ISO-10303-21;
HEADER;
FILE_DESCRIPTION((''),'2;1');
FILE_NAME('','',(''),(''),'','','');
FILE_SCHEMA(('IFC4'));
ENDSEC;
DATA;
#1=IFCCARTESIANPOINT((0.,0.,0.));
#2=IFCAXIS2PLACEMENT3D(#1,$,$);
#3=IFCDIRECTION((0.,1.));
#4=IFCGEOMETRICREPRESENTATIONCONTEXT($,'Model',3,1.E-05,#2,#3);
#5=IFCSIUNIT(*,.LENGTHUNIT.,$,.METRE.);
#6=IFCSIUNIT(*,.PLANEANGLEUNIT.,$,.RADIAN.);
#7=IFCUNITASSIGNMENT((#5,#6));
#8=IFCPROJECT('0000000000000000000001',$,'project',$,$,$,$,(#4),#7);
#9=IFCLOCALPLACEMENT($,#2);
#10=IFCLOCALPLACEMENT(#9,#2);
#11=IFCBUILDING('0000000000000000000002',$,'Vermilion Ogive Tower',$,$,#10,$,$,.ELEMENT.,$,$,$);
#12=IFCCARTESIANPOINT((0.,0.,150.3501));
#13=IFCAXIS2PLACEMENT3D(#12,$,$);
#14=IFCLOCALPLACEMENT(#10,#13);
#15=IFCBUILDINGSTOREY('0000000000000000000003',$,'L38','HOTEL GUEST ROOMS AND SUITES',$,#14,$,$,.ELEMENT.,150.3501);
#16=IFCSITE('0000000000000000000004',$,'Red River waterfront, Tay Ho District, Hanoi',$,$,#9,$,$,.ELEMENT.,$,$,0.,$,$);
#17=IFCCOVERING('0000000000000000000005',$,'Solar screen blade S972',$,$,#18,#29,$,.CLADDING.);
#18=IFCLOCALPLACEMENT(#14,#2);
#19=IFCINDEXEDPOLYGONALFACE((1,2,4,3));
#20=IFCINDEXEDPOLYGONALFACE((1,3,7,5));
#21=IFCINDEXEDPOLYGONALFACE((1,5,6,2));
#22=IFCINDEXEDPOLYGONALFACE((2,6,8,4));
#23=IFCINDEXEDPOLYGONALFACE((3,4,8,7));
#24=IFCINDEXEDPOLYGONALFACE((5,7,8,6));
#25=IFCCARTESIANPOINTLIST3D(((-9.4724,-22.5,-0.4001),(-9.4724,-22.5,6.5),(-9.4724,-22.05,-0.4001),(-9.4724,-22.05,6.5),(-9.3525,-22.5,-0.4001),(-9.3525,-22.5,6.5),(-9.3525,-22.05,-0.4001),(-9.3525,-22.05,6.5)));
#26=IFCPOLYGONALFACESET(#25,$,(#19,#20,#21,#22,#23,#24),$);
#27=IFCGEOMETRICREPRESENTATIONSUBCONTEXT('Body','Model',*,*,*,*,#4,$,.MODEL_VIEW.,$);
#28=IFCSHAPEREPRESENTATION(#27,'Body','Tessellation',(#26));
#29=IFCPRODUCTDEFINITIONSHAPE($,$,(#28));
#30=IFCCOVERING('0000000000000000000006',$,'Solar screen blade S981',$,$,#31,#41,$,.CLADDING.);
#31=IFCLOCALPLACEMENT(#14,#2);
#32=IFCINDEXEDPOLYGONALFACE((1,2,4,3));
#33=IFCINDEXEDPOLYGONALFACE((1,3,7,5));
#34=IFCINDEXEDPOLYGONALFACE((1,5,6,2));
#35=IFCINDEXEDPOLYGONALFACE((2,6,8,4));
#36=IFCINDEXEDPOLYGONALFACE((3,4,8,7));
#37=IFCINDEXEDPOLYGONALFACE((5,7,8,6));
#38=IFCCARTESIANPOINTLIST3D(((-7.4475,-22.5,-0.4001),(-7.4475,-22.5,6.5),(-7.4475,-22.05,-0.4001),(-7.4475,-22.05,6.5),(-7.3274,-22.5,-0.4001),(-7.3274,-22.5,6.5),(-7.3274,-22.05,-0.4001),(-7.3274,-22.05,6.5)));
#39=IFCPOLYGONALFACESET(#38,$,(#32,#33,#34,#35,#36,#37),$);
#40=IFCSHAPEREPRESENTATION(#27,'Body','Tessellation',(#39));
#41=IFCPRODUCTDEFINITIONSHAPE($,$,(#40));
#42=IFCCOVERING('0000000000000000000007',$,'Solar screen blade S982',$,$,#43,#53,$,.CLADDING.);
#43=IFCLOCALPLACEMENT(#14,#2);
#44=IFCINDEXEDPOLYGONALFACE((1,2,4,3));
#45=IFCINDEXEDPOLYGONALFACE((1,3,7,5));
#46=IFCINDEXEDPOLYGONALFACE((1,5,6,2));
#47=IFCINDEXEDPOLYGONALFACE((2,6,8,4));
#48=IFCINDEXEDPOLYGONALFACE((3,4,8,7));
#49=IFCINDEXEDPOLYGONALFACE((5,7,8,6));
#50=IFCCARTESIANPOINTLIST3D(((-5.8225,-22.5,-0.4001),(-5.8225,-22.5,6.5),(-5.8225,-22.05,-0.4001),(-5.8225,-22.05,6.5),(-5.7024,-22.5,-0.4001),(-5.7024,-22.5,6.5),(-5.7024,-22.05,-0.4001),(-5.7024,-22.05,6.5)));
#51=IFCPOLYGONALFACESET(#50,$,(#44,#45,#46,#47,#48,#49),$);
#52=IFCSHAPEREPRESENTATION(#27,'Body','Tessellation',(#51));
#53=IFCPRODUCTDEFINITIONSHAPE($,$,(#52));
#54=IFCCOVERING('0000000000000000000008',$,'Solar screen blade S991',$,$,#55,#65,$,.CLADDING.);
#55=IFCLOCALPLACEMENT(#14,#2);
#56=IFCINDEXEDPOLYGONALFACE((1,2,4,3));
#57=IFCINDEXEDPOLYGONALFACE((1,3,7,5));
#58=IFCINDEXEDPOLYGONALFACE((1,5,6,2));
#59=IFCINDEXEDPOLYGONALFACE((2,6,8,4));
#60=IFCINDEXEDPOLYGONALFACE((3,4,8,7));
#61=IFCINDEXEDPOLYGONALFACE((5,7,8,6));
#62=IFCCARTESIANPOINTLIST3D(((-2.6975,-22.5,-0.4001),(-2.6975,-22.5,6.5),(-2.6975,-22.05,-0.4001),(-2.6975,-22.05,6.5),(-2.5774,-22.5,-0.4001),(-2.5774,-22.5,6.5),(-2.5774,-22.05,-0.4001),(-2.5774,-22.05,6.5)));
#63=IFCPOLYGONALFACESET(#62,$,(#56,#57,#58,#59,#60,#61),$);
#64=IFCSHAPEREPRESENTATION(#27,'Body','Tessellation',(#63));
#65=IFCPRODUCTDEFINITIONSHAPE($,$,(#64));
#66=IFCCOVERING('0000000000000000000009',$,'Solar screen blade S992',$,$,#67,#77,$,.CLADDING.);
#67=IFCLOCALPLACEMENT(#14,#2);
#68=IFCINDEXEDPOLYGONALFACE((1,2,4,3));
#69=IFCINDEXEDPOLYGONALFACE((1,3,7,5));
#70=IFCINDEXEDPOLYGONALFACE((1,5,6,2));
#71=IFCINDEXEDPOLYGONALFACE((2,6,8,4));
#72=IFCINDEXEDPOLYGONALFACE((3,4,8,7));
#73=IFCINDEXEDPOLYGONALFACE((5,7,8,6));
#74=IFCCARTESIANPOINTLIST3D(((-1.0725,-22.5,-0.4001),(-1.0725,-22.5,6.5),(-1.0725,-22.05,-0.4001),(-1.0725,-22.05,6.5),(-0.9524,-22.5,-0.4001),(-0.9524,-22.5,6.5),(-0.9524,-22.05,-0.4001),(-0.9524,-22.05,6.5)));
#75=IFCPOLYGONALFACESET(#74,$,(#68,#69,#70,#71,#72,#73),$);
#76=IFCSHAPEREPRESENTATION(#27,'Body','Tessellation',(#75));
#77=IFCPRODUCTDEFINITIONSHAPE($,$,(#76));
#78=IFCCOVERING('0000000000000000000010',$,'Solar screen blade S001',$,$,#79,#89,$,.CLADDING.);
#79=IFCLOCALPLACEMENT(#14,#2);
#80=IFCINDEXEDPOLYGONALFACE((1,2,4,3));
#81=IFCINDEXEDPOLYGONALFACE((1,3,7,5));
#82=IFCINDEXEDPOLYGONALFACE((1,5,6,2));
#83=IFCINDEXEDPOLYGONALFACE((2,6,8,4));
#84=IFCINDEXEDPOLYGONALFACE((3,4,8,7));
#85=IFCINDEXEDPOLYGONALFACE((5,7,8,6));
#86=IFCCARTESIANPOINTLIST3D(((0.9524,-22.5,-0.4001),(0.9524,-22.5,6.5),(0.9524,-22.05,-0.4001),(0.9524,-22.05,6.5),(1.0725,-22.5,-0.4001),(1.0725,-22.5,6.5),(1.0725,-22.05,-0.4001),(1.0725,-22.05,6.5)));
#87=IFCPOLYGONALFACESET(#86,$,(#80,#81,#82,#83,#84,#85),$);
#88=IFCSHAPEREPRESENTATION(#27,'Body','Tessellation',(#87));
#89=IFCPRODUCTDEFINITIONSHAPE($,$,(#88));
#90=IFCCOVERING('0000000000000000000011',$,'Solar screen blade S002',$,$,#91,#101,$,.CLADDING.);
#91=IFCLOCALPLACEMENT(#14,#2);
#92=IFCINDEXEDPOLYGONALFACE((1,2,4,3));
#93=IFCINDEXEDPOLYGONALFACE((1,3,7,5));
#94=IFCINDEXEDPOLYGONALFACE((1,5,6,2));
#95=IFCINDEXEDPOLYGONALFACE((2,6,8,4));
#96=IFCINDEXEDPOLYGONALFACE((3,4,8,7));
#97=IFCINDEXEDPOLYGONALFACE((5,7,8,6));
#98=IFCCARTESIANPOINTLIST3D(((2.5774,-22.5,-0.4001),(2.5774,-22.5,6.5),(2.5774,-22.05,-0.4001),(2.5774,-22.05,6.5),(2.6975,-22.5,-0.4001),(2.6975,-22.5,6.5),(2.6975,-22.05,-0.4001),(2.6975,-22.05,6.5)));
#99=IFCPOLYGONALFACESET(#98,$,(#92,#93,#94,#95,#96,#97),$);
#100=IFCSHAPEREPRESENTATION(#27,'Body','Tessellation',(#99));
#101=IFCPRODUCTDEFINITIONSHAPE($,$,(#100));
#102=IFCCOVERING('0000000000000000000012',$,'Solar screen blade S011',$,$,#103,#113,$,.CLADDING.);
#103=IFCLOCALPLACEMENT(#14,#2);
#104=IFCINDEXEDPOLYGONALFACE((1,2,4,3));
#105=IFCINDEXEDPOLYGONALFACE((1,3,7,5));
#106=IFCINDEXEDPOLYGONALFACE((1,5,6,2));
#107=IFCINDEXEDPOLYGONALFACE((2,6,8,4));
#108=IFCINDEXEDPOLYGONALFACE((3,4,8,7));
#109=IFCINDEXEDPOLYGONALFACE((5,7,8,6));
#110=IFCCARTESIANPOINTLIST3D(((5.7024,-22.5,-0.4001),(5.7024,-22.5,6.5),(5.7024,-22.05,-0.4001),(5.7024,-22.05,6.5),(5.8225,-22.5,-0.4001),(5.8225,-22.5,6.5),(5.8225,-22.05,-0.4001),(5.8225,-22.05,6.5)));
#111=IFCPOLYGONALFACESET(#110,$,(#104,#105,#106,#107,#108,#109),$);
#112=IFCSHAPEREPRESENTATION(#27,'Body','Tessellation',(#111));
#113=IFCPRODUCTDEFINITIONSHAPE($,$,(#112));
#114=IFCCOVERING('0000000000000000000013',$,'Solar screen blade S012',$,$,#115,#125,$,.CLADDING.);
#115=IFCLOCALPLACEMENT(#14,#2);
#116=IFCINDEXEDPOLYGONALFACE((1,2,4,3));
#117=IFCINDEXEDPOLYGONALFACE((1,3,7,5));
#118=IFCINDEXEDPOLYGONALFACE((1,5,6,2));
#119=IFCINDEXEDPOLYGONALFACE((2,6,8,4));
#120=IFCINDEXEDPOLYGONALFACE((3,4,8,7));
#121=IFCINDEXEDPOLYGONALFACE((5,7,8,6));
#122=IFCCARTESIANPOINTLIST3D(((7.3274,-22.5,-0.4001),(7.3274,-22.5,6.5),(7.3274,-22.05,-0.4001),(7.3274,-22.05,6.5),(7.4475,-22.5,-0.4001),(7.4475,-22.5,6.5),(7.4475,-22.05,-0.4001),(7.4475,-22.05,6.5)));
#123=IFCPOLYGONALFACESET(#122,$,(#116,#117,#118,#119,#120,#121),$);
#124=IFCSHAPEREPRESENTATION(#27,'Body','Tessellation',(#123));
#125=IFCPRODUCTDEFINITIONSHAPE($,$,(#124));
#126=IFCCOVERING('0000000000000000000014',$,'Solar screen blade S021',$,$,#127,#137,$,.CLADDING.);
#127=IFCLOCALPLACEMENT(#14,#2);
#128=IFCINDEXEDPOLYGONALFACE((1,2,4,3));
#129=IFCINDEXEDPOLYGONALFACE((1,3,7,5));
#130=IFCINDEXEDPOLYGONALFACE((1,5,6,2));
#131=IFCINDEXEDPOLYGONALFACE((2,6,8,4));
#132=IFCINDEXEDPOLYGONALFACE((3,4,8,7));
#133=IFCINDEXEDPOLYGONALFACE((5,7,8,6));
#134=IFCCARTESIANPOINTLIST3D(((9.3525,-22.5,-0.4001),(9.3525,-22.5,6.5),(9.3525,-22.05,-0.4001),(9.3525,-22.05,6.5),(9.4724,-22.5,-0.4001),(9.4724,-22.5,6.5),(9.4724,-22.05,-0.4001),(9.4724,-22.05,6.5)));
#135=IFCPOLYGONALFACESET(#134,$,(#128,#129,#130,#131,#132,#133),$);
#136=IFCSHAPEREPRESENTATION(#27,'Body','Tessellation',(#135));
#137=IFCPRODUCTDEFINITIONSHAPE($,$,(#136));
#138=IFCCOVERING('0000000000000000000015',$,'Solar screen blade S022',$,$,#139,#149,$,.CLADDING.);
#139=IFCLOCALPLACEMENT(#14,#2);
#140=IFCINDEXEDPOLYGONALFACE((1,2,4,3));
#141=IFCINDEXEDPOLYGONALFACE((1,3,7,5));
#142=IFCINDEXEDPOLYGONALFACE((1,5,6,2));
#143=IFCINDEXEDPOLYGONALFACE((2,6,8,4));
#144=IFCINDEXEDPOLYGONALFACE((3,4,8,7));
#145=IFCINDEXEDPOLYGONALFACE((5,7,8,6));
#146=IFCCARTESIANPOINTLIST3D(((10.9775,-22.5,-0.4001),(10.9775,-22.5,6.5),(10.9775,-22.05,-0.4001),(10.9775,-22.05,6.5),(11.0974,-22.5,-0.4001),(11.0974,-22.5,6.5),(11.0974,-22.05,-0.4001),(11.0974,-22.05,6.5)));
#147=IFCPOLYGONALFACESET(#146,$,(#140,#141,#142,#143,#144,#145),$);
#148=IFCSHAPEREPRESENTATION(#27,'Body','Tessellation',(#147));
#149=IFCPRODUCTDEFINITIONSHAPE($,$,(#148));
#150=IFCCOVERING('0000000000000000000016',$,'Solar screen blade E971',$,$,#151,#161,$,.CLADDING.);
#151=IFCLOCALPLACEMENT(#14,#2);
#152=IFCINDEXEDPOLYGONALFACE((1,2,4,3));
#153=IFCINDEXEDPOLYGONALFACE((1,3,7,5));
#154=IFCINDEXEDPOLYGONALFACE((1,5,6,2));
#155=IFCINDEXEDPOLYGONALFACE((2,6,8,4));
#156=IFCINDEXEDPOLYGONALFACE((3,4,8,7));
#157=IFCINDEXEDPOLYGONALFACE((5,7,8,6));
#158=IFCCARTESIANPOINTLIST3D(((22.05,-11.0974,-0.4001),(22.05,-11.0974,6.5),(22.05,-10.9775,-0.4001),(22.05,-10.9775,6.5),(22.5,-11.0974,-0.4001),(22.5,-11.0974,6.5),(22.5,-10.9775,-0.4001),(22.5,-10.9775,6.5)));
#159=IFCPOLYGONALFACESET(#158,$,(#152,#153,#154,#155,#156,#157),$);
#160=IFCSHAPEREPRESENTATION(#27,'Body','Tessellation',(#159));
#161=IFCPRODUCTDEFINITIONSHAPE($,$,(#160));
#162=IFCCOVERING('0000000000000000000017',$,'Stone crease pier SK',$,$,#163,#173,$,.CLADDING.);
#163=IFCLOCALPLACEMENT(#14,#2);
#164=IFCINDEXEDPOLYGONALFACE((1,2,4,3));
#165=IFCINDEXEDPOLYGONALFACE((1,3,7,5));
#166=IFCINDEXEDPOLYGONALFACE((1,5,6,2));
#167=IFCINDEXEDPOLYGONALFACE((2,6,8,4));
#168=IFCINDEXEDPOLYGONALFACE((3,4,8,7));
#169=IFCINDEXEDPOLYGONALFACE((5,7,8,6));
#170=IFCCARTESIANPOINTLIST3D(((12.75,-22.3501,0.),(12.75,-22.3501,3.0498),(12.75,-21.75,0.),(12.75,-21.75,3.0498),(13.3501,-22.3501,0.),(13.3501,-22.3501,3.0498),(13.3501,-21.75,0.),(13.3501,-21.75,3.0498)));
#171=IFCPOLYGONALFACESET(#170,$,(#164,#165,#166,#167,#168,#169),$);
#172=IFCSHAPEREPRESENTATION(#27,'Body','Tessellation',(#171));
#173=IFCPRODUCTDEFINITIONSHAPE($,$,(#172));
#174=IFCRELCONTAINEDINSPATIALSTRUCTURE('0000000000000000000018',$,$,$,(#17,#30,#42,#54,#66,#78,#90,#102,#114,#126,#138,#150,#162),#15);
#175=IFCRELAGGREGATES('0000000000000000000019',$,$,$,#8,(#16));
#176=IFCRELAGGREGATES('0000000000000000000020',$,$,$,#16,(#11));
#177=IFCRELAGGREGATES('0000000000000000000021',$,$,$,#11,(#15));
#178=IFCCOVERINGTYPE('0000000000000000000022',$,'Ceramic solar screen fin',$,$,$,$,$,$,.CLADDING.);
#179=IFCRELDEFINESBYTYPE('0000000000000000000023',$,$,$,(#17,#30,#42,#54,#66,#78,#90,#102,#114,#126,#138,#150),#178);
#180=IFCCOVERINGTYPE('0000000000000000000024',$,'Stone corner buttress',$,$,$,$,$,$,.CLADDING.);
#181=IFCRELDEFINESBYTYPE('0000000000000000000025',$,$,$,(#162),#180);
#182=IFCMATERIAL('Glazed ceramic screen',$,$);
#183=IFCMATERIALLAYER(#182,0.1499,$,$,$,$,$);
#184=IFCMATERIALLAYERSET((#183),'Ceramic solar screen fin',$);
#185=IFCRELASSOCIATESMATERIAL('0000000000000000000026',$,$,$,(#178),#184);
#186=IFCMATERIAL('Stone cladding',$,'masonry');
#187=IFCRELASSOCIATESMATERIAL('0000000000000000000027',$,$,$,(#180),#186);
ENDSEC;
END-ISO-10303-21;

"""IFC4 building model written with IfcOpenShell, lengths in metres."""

from ifc_helpers import new_model, si_unit, direction, frame, origin, place, context, subcontext, project, spatial, polyline, outline, extrude, material, layer, layer_set, type_object, element, save


model = new_model("IFC4")

# Units and contexts
model_context = context("Model", 3, precision=1e-05, world=origin(), true_north=direction((0.0, 1.0)))
body_context = subcontext(model_context, "Body", "Model", "MODEL_VIEW")
ifc_project = project(units=[si_unit("LENGTHUNIT", "METRE"), si_unit("PLANEANGLEUNIT", "RADIAN")], contexts=[model_context])

# Site, building, storey
site_placement = place(None, origin())
site = spatial("IfcSite", under=ifc_project, at=site_placement, Name="Red River waterfront, Tay Ho District, Hanoi", CompositionType="ELEMENT", RefElevation=0.0)
building_placement = place(site_placement, origin())
building = spatial("IfcBuilding", under=site, at=building_placement, Name="Vermilion Ogive Tower", CompositionType="ELEMENT")
storey_placement = place(building_placement, frame((0.0, 0.0, 150.3501)))
storey = spatial("IfcBuildingStorey", under=building, at=storey_placement, Name="L38", Description="HOTEL GUEST ROOMS AND SUITES", CompositionType="ELEMENT", Elevation=150.3501)

# Coverings
ifc_material_1 = material(Name="Glazed ceramic screen")
ifc_layer = layer(ifc_material_1, 0.1499)
ifc_layer_set = layer_set([ifc_layer], Name="Ceramic solar screen fin")
covering_type_1 = type_object("IfcCoveringType", Name="Ceramic solar screen fin", PredefinedType="CLADDING", material=ifc_layer_set)
covering_1_placement = place(storey_placement, frame((0.0, 0.0, -0.4001)))
element("IfcCovering", 1, at=covering_1_placement, inside=storey, type_object=covering_type_1, Name="Solar screen blade S972", PredefinedType="CLADDING", context=body_context, shape_type="SweptSolid", body=[
    extrude(outline(polyline([(-9.4724, -22.5), (-9.3525, -22.5), (-9.3525, -22.05), (-9.4724, -22.05), (-9.4724, -22.5)])), origin(), (0.0, 0.0, 1.0), 6.9001),
])
covering_2_placement = place(storey_placement, frame((0.0, 0.0, -0.4001)))
element("IfcCovering", 2, at=covering_2_placement, inside=storey, type_object=covering_type_1, Name="Solar screen blade S981", PredefinedType="CLADDING", context=body_context, shape_type="SweptSolid", body=[
    extrude(outline(polyline([(-7.4475, -22.5), (-7.3274, -22.5), (-7.3274, -22.05), (-7.4475, -22.05), (-7.4475, -22.5)])), origin(), (0.0, 0.0, 1.0), 6.9001),
])
covering_3_placement = place(storey_placement, frame((0.0, 0.0, -0.4001)))
element("IfcCovering", 3, at=covering_3_placement, inside=storey, type_object=covering_type_1, Name="Solar screen blade S982", PredefinedType="CLADDING", context=body_context, shape_type="SweptSolid", body=[
    extrude(outline(polyline([(-5.8225, -22.5), (-5.7024, -22.5), (-5.7024, -22.05), (-5.8225, -22.05), (-5.8225, -22.5)])), origin(), (0.0, 0.0, 1.0), 6.9001),
])
covering_4_placement = place(storey_placement, frame((0.0, 0.0, -0.4001)))
element("IfcCovering", 4, at=covering_4_placement, inside=storey, type_object=covering_type_1, Name="Solar screen blade S991", PredefinedType="CLADDING", context=body_context, shape_type="SweptSolid", body=[
    extrude(outline(polyline([(-2.6975, -22.5), (-2.5774, -22.5), (-2.5774, -22.05), (-2.6975, -22.05), (-2.6975, -22.5)])), origin(), (0.0, 0.0, 1.0), 6.9001),
])
covering_5_placement = place(storey_placement, frame((0.0, 0.0, -0.4001)))
element("IfcCovering", 5, at=covering_5_placement, inside=storey, type_object=covering_type_1, Name="Solar screen blade S992", PredefinedType="CLADDING", context=body_context, shape_type="SweptSolid", body=[
    extrude(outline(polyline([(-1.0725, -22.5), (-0.9524, -22.5), (-0.9524, -22.05), (-1.0725, -22.05), (-1.0725, -22.5)])), origin(), (0.0, 0.0, 1.0), 6.9001),
])
covering_6_placement = place(storey_placement, frame((0.0, 0.0, -0.4001)))
element("IfcCovering", 6, at=covering_6_placement, inside=storey, type_object=covering_type_1, Name="Solar screen blade S001", PredefinedType="CLADDING", context=body_context, shape_type="SweptSolid", body=[
    extrude(outline(polyline([(0.9524, -22.5), (1.0725, -22.5), (1.0725, -22.05), (0.9524, -22.05), (0.9524, -22.5)])), origin(), (0.0, 0.0, 1.0), 6.9001),
])
covering_7_placement = place(storey_placement, frame((0.0, 0.0, -0.4001)))
element("IfcCovering", 7, at=covering_7_placement, inside=storey, type_object=covering_type_1, Name="Solar screen blade S002", PredefinedType="CLADDING", context=body_context, shape_type="SweptSolid", body=[
    extrude(outline(polyline([(2.5774, -22.5), (2.6975, -22.5), (2.6975, -22.05), (2.5774, -22.05), (2.5774, -22.5)])), origin(), (0.0, 0.0, 1.0), 6.9001),
])
covering_8_placement = place(storey_placement, frame((0.0, 0.0, -0.4001)))
element("IfcCovering", 8, at=covering_8_placement, inside=storey, type_object=covering_type_1, Name="Solar screen blade S011", PredefinedType="CLADDING", context=body_context, shape_type="SweptSolid", body=[
    extrude(outline(polyline([(5.7024, -22.5), (5.8225, -22.5), (5.8225, -22.05), (5.7024, -22.05), (5.7024, -22.5)])), origin(), (0.0, 0.0, 1.0), 6.9001),
])
covering_9_placement = place(storey_placement, frame((0.0, 0.0, -0.4001)))
element("IfcCovering", 9, at=covering_9_placement, inside=storey, type_object=covering_type_1, Name="Solar screen blade S012", PredefinedType="CLADDING", context=body_context, shape_type="SweptSolid", body=[
    extrude(outline(polyline([(7.3274, -22.5), (7.4475, -22.5), (7.4475, -22.05), (7.3274, -22.05), (7.3274, -22.5)])), origin(), (0.0, 0.0, 1.0), 6.9001),
])
covering_10_placement = place(storey_placement, frame((0.0, 0.0, -0.4001)))
element("IfcCovering", 10, at=covering_10_placement, inside=storey, type_object=covering_type_1, Name="Solar screen blade S021", PredefinedType="CLADDING", context=body_context, shape_type="SweptSolid", body=[
    extrude(outline(polyline([(9.3525, -22.5), (9.4724, -22.5), (9.4724, -22.05), (9.3525, -22.05), (9.3525, -22.5)])), origin(), (0.0, 0.0, 1.0), 6.9001),
])
covering_11_placement = place(storey_placement, frame((0.0, 0.0, -0.4001)))
element("IfcCovering", 11, at=covering_11_placement, inside=storey, type_object=covering_type_1, Name="Solar screen blade S022", PredefinedType="CLADDING", context=body_context, shape_type="SweptSolid", body=[
    extrude(outline(polyline([(10.9775, -22.5), (11.0974, -22.5), (11.0974, -22.05), (10.9775, -22.05), (10.9775, -22.5)])), origin(), (0.0, 0.0, 1.0), 6.9001),
])
covering_12_placement = place(storey_placement, frame((0.0, 0.0, -0.4001)))
element("IfcCovering", 12, at=covering_12_placement, inside=storey, type_object=covering_type_1, Name="Solar screen blade E971", PredefinedType="CLADDING", context=body_context, shape_type="SweptSolid", body=[
    extrude(outline(polyline([(22.5, -11.0974), (22.5, -10.9775), (22.05, -10.9775), (22.05, -11.0974), (22.5, -11.0974)])), origin(), (0.0, 0.0, 1.0), 6.9001),
])
ifc_material_2 = material(Name="Stone cladding", Category="masonry")
covering_type_2 = type_object("IfcCoveringType", Name="Stone corner buttress", PredefinedType="CLADDING", material=ifc_material_2)
covering_13_placement = place(storey_placement, origin())
element("IfcCovering", 13, at=covering_13_placement, inside=storey, type_object=covering_type_2, Name="Stone crease pier SK", PredefinedType="CLADDING", context=body_context, shape_type="SweptSolid", body=[
    extrude(outline(polyline([(12.75, -22.3501), (13.3501, -22.3501), (13.3501, -21.75), (12.75, -21.75), (12.75, -22.3501)])), origin(), (0.0, 0.0, 1.0), 3.0498),
])

save(model, "model.ifc")
